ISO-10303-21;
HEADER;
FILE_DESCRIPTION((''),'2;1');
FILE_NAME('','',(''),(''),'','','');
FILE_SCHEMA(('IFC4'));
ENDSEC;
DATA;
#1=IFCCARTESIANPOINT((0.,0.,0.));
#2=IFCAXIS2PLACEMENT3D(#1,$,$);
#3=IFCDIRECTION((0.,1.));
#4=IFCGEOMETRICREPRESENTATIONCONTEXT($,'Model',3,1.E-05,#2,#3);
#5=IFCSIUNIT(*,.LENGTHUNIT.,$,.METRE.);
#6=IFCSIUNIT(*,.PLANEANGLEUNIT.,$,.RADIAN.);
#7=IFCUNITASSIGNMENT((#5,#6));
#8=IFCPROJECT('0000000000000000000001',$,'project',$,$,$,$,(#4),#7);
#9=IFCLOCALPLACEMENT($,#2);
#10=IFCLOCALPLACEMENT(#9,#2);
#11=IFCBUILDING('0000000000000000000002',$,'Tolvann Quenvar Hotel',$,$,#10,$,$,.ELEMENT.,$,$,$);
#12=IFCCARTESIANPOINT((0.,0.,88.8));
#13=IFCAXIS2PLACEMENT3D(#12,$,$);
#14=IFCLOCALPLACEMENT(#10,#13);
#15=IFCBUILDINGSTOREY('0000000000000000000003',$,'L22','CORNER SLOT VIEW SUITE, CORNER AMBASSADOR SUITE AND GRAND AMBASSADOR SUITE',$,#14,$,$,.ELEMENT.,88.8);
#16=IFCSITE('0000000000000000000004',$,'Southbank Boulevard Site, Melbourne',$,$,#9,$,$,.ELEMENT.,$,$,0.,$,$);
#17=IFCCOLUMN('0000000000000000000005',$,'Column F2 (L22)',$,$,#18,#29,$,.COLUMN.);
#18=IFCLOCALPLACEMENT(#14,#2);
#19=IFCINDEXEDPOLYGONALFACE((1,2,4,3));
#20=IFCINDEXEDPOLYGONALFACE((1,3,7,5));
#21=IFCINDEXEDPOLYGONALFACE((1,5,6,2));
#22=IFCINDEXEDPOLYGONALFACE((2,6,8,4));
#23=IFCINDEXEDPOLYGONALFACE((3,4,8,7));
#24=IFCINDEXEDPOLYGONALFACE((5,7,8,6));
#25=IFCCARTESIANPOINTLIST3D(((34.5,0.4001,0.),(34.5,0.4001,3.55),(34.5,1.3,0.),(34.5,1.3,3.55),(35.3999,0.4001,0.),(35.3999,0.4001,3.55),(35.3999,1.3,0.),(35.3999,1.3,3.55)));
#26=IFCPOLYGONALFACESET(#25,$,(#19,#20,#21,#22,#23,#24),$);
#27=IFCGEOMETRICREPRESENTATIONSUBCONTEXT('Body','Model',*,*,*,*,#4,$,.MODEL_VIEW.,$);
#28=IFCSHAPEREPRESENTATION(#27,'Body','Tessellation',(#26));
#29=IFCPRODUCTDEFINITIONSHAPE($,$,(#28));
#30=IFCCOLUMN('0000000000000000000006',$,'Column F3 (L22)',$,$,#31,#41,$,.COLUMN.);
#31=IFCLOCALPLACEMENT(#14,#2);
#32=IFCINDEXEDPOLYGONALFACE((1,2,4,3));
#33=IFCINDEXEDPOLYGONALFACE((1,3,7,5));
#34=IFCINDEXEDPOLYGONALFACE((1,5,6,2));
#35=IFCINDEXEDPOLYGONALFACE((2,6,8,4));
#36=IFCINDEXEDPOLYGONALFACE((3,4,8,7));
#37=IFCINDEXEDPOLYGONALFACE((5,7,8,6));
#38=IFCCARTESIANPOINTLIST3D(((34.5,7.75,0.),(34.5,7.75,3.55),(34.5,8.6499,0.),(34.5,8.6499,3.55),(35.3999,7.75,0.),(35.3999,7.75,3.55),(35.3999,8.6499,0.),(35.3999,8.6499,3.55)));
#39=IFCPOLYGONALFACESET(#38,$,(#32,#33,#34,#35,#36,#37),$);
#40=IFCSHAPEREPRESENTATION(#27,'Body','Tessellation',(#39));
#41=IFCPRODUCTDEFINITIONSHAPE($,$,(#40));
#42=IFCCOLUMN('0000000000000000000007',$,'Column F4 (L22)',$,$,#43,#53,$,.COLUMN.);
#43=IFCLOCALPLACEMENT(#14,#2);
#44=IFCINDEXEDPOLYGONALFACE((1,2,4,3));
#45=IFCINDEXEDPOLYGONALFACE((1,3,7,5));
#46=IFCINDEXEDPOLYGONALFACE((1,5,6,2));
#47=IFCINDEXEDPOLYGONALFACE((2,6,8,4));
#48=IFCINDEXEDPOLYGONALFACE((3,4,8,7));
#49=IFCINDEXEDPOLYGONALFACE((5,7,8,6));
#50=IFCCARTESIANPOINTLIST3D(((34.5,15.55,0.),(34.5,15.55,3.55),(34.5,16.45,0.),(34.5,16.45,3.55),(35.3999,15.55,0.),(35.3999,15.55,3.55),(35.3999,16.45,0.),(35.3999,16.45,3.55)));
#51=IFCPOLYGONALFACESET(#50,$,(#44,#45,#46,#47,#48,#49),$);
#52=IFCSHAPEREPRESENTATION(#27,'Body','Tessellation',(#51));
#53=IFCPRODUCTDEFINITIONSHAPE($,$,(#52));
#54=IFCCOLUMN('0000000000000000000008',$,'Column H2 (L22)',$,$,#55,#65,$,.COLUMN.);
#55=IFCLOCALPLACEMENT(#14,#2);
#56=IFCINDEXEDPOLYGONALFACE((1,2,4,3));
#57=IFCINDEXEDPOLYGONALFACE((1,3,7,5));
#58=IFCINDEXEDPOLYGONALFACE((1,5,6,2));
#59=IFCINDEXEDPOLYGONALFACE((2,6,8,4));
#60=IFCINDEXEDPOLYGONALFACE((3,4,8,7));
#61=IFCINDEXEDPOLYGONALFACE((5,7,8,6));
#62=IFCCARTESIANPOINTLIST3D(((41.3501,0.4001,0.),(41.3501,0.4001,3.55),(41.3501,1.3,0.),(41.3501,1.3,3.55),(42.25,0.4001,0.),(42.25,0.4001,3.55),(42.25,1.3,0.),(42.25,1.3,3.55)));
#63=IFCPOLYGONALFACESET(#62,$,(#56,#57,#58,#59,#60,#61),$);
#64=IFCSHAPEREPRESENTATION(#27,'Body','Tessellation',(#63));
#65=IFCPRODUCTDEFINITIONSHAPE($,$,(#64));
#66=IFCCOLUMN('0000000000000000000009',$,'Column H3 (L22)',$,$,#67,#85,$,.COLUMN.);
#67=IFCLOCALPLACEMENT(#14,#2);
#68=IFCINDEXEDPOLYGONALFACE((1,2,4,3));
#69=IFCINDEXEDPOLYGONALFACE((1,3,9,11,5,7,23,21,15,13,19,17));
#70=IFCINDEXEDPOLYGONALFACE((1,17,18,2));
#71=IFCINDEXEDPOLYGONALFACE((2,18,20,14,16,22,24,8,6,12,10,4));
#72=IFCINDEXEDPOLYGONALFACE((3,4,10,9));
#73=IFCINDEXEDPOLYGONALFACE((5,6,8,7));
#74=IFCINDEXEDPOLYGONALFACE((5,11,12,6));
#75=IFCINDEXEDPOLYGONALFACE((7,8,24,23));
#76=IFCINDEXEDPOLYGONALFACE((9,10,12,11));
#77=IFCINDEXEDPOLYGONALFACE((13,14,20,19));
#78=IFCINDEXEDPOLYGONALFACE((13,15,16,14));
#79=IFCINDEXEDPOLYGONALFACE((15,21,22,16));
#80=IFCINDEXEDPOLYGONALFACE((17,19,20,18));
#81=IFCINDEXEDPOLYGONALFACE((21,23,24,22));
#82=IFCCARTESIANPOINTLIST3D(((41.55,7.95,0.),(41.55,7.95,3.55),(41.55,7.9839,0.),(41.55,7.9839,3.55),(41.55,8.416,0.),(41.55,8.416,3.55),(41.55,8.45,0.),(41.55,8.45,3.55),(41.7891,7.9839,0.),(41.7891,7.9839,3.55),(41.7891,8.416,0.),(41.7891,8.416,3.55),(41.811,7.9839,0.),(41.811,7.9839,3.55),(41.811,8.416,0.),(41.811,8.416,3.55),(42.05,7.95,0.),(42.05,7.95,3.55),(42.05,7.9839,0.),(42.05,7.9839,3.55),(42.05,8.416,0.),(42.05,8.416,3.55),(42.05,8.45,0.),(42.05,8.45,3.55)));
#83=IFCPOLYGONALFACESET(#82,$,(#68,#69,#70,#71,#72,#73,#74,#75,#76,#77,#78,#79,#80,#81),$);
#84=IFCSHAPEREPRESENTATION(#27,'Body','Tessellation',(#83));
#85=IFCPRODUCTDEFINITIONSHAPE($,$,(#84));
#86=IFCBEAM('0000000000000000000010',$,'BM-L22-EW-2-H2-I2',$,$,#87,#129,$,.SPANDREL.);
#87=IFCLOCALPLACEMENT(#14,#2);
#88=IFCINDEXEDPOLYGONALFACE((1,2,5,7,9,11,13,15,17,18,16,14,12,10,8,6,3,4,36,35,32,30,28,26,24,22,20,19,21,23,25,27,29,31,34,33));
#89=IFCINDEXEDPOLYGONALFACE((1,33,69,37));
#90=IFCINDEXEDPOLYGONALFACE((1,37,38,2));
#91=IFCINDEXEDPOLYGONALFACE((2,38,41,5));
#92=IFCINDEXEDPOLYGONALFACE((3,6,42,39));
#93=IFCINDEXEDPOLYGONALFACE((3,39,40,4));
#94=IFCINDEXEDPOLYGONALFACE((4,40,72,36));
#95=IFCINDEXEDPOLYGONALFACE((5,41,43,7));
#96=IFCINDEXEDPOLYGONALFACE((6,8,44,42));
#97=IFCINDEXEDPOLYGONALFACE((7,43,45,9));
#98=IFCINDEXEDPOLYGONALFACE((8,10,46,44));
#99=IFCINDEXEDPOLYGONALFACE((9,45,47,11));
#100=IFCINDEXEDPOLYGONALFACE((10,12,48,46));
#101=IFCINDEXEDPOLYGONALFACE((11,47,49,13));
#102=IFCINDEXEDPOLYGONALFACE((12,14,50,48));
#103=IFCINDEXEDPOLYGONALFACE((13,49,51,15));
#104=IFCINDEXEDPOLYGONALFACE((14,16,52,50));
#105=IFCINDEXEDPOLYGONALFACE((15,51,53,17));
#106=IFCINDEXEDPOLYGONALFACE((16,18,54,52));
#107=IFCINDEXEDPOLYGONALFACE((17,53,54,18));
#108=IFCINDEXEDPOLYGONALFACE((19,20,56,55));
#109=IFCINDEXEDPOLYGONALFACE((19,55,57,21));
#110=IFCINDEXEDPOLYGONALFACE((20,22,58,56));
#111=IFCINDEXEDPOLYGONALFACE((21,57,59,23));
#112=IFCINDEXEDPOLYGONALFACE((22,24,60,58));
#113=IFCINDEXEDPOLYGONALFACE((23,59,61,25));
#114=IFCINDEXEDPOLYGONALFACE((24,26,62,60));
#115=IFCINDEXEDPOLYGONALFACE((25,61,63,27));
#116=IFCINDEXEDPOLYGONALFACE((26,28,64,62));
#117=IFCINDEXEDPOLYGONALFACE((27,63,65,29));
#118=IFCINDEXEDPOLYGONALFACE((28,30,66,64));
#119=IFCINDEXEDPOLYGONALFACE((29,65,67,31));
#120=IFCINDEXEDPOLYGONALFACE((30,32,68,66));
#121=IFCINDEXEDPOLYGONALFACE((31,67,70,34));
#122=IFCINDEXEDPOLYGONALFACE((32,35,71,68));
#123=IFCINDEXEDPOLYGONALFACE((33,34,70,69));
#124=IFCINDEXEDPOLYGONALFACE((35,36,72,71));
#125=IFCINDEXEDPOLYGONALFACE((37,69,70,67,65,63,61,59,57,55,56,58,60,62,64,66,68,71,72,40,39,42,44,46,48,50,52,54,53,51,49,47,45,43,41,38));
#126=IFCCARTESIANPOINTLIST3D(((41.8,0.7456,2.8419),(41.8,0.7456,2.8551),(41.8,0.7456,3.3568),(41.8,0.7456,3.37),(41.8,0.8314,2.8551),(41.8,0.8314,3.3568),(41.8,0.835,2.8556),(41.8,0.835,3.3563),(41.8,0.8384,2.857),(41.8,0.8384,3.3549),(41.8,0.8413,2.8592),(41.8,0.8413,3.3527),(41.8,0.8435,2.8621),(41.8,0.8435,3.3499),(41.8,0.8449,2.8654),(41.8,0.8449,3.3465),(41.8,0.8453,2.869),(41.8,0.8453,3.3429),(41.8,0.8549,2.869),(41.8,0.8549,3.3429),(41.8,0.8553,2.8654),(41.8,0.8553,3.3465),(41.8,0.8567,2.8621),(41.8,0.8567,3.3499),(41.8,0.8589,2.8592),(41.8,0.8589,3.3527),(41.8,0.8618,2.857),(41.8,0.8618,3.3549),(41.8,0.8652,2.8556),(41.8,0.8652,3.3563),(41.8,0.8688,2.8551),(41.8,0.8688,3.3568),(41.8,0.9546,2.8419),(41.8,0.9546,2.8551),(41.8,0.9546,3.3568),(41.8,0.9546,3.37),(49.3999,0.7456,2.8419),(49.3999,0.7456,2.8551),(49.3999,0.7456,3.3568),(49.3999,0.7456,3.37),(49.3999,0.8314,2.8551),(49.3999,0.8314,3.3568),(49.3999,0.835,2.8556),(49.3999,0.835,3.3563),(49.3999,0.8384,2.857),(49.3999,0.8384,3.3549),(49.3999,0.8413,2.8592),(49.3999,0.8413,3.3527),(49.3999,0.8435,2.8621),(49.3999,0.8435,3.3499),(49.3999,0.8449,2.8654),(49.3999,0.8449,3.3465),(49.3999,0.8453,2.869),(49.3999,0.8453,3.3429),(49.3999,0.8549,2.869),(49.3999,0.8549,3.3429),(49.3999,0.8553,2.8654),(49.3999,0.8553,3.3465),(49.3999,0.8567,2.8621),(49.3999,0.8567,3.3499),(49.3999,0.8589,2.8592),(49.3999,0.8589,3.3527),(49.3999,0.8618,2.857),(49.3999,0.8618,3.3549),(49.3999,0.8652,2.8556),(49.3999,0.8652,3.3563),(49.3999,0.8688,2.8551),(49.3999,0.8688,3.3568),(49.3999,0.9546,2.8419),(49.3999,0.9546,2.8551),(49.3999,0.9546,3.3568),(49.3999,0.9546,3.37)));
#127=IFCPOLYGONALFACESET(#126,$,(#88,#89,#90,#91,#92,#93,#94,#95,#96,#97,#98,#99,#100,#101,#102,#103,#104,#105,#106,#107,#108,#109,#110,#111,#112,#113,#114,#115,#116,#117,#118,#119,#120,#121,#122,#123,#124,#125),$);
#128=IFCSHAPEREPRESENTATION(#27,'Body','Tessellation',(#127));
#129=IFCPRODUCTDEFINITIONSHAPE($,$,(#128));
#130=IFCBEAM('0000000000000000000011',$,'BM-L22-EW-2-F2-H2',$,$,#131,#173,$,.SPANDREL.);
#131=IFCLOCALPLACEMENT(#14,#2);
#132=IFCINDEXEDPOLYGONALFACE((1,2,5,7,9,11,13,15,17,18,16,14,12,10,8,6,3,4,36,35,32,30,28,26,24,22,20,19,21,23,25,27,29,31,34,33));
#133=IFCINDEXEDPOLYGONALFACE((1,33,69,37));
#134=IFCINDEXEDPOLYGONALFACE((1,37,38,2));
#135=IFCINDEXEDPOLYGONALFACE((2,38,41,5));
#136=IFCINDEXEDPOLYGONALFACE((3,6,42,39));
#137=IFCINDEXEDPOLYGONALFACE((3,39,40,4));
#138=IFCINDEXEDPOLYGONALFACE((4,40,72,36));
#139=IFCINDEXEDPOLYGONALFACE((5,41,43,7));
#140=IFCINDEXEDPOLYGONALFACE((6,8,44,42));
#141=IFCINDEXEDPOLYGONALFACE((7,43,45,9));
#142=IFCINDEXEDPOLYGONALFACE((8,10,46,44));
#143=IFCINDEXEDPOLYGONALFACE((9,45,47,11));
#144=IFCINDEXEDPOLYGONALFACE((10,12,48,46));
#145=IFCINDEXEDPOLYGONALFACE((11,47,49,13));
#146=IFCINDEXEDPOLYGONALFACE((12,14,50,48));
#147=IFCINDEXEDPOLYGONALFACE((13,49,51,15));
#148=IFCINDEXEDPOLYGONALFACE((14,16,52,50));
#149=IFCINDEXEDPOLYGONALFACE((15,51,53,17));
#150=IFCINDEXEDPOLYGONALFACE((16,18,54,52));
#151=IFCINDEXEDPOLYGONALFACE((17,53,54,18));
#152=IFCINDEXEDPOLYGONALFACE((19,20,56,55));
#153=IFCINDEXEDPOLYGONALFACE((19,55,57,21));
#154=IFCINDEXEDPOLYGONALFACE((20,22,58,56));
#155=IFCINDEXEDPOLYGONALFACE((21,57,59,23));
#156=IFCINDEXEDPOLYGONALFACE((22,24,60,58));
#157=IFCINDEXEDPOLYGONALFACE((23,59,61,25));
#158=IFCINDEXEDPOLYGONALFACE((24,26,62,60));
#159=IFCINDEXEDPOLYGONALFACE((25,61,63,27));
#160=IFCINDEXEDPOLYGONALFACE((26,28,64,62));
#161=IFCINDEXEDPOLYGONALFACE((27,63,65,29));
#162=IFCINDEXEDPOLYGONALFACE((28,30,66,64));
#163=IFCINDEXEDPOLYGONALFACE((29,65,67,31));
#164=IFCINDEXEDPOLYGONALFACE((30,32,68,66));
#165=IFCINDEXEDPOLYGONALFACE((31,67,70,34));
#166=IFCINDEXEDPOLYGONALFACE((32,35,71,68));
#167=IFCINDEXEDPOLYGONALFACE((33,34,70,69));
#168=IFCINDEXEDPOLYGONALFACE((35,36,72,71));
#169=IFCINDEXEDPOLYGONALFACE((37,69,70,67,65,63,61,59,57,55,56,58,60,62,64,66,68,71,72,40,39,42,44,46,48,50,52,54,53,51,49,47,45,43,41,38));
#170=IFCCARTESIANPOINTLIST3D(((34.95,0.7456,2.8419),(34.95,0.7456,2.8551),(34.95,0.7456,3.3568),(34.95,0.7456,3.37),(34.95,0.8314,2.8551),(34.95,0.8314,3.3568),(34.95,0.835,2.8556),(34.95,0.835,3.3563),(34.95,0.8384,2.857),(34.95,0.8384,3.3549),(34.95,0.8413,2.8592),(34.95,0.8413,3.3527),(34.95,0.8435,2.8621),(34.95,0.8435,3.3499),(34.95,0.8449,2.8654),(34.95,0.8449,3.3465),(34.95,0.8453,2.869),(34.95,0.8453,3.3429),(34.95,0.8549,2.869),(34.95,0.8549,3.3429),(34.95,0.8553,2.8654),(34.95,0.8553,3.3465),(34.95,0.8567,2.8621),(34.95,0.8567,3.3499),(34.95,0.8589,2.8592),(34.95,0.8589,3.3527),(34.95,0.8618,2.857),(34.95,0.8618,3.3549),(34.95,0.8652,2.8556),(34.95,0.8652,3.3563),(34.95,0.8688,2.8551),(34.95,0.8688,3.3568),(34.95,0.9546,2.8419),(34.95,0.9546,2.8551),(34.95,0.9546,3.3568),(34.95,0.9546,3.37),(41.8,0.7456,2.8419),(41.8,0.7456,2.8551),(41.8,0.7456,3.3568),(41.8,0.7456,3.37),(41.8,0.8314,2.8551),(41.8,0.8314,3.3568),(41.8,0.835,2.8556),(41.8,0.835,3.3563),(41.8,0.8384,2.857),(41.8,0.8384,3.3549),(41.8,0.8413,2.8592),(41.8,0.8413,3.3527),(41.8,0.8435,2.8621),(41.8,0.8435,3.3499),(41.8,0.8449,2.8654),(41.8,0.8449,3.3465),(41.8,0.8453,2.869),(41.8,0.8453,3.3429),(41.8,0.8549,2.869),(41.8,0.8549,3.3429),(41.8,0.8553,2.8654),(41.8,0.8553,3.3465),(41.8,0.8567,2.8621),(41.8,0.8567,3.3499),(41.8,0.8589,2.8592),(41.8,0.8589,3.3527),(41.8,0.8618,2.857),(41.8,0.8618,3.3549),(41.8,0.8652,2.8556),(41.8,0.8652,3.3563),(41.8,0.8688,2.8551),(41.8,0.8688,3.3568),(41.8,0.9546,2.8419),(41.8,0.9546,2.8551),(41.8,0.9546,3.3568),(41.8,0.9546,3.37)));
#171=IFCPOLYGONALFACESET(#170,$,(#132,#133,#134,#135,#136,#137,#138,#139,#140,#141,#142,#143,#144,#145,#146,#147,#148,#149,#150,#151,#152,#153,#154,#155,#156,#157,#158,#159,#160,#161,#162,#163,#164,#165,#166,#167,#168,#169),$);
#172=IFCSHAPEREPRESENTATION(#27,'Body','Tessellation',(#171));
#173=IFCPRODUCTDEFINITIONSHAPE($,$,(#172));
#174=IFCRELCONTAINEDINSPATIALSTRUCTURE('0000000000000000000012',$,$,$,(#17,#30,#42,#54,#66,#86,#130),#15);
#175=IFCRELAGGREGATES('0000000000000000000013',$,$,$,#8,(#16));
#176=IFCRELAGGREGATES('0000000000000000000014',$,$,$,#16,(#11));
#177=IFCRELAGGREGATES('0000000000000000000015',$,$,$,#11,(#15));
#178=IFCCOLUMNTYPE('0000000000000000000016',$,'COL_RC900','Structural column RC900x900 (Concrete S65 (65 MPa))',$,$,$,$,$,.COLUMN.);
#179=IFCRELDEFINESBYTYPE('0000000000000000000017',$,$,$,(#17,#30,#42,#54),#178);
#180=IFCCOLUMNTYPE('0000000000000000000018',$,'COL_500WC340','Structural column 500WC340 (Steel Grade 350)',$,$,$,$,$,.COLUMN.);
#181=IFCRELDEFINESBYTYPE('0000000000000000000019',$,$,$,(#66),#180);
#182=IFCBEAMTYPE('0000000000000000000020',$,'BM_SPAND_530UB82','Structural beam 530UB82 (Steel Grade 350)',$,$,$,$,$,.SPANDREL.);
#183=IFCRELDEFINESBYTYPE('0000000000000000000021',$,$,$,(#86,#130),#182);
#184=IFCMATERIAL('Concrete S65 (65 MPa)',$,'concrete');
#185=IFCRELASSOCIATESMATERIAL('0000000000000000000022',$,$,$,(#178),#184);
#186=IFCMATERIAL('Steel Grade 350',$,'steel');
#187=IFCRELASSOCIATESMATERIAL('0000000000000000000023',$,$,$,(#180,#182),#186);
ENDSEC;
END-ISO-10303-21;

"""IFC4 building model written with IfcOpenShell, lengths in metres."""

from ifc_helpers import new_model, si_unit, direction, frame, origin, origin_2d, place, context, subcontext, project, spatial, rectangle, i_section, extrude, source, transform, mapped, material, material_profile, profile_set, type_object, type_shapes, element, save


model = new_model("IFC4")

# Units and contexts
model_context = context("Model", 3, precision=1e-05, world=origin(), true_north=direction((0.0, 1.0)))
body_context = subcontext(model_context, "Body", "Model", "MODEL_VIEW")
ifc_project = project(units=[si_unit("LENGTHUNIT", "METRE"), si_unit("PLANEANGLEUNIT", "RADIAN")], contexts=[model_context])

# Site, building, storey
site_placement = place(None, origin())
site = spatial("IfcSite", under=ifc_project, at=site_placement, Name="Southbank Boulevard Site, Melbourne", CompositionType="ELEMENT", RefElevation=0.0)
building_placement = place(site_placement, origin())
building = spatial("IfcBuilding", under=site, at=building_placement, Name="Tolvann Quenvar Hotel", CompositionType="ELEMENT")
storey_placement = place(building_placement, frame((0.0, 0.0, 88.8)))
storey = spatial("IfcBuildingStorey", under=building, at=storey_placement, Name="L22", Description="CORNER SLOT VIEW SUITE, CORNER AMBASSADOR SUITE AND GRAND AMBASSADOR SUITE", CompositionType="ELEMENT", Elevation=88.8)

# Columns
ifc_material_1 = material(Name="Concrete S65 (65 MPa)", Category="concrete")
ifc_material_profile_1 = material_profile(ifc_material_1, rectangle(XDim=0.8999, YDim=0.8999, at=origin_2d()), Name="RC900x900")
ifc_profile_set_1 = profile_set([ifc_material_profile_1], Name="Concrete S65 (65 MPa)")
column_type_1 = type_object("IfcColumnType", Name="COL_RC900", Description="Structural column RC900x900 (Concrete S65 (65 MPa))", PredefinedType="COLUMN", material=ifc_profile_set_1)
shared_shape_1 = source(origin(), body_context, "Body", "SweptSolid", [
    extrude(rectangle(XDim=0.8999, YDim=0.8999, at=origin_2d()), origin(), (0.0, 0.0, 1.0), 3.55),
])
type_shapes(column_type_1, [shared_shape_1])
for number, where, z_axis, x_axis, name in (
    (1, (34.95, 0.8501, 0.0), (0.0, 0.0, 1.0), (1.0, 0.0, 0.0), "Column F2 (L22)"),
    (2, (34.95, 8.2, 0.0), (0.0, 0.0, 1.0), (1.0, 0.0, 0.0), "Column F3 (L22)"),
    (3, (34.95, 16.0, 0.0), (0.0, 0.0, 1.0), (1.0, 0.0, 0.0), "Column F4 (L22)"),
    (4, (41.8, 0.8501, 0.0), (0.0, 0.0, 1.0), (1.0, 0.0, 0.0), "Column H2 (L22)"),
):
    element("IfcColumn", number, at=place(storey_placement, frame(where, z_axis=z_axis, x_axis=x_axis)), inside=storey, type_object=column_type_1, Name=name, PredefinedType="COLUMN", context=body_context, shape_type="MappedRepresentation", body=[
        mapped(shared_shape_1, transform((0.0, 0.0, 0.0), x_axis=(1.0, 0.0, 0.0), y_axis=(0.0, 1.0, 0.0), z_axis=(0.0, 0.0, 1.0), scale=1.0)),
    ])
ifc_material_2 = material(Name="Steel Grade 350", Category="steel")
ifc_material_profile_2 = material_profile(ifc_material_2, i_section(OverallWidth=0.5, OverallDepth=0.5, WebThickness=0.022, FlangeThickness=0.0339, at=origin_2d()), Name="500WC340")
ifc_profile_set_2 = profile_set([ifc_material_profile_2], Name="Steel Grade 350")
column_type_2 = type_object("IfcColumnType", Name="COL_500WC340", Description="Structural column 500WC340 (Steel Grade 350)", PredefinedType="COLUMN", material=ifc_profile_set_2)
shared_shape_2 = source(origin(), body_context, "Body", "SweptSolid", [
    extrude(i_section(OverallWidth=0.5, OverallDepth=0.5, WebThickness=0.022, FlangeThickness=0.0339, at=origin_2d()), origin(), (0.0, 0.0, 1.0), 3.55),
])
type_shapes(column_type_2, [shared_shape_2])
column_placement = place(storey_placement, frame((41.8, 8.2, 0.0), z_axis=(0.0, 0.0, 1.0), x_axis=(1.0, 0.0, 0.0)))
element("IfcColumn", 5, at=column_placement, inside=storey, type_object=column_type_2, Name="Column H3 (L22)", PredefinedType="COLUMN", context=body_context, shape_type="MappedRepresentation", body=[
    mapped(shared_shape_2, transform((0.0, 0.0, 0.0), x_axis=(1.0, 0.0, 0.0), y_axis=(0.0, 1.0, 0.0), z_axis=(0.0, 0.0, 1.0), scale=1.0)),
])

# Beams
ifc_material_profile_3 = material_profile(ifc_material_2, i_section(OverallWidth=0.209, OverallDepth=0.5281, WebThickness=0.0095, FlangeThickness=0.0132, FilletRadius=0.0139, at=origin_2d()), Name="530UB82")
ifc_profile_set_3 = profile_set([ifc_material_profile_3], Name="Steel Grade 350")
beam_type_1 = type_object("IfcBeamType", Name="BM_SPAND_530UB82", Description="Structural beam 530UB82 (Steel Grade 350)", PredefinedType="SPANDREL", material=ifc_profile_set_3)
shared_shape_3 = source(origin(), body_context, "Body", "SweptSolid", [
    extrude(i_section(OverallWidth=0.209, OverallDepth=0.5281, WebThickness=0.0095, FlangeThickness=0.0132, FilletRadius=0.0139, at=origin_2d()), origin(), (0.0, 0.0, 1.0), 7.5999),
])
beam_1_placement = place(storey_placement, frame((41.8, 0.8501, 3.106), z_axis=(1.0, 0.0, 0.0), x_axis=(0.0, 1.0, 0.0)))
element("IfcBeam", 6, at=beam_1_placement, inside=storey, type_object=beam_type_1, Name="BM-L22-EW-2-H2-I2", PredefinedType="SPANDREL", context=body_context, shape_type="MappedRepresentation", body=[
    mapped(shared_shape_3, transform((0.0, 0.0, 0.0), x_axis=(1.0, 0.0, 0.0), y_axis=(0.0, 1.0, 0.0), z_axis=(0.0, 0.0, 1.0), scale=1.0)),
])
shared_shape_4 = source(origin(), body_context, "Body", "SweptSolid", [
    extrude(i_section(OverallWidth=0.209, OverallDepth=0.5281, WebThickness=0.0095, FlangeThickness=0.0132, FilletRadius=0.0139, at=origin_2d()), origin(), (0.0, 0.0, 1.0), 6.8501),
])
type_shapes(beam_type_1, [shared_shape_3, shared_shape_4])
beam_2_placement = place(storey_placement, frame((34.95, 0.8501, 3.106), z_axis=(1.0, 0.0, 0.0), x_axis=(0.0, 1.0, 0.0)))
element("IfcBeam", 7, at=beam_2_placement, inside=storey, type_object=beam_type_1, Name="BM-L22-EW-2-F2-H2", PredefinedType="SPANDREL", context=body_context, shape_type="MappedRepresentation", body=[
    mapped(shared_shape_4, transform((0.0, 0.0, 0.0), x_axis=(1.0, 0.0, 0.0), y_axis=(0.0, 1.0, 0.0), z_axis=(0.0, 0.0, 1.0), scale=1.0)),
])

save(model, "model.ifc")
